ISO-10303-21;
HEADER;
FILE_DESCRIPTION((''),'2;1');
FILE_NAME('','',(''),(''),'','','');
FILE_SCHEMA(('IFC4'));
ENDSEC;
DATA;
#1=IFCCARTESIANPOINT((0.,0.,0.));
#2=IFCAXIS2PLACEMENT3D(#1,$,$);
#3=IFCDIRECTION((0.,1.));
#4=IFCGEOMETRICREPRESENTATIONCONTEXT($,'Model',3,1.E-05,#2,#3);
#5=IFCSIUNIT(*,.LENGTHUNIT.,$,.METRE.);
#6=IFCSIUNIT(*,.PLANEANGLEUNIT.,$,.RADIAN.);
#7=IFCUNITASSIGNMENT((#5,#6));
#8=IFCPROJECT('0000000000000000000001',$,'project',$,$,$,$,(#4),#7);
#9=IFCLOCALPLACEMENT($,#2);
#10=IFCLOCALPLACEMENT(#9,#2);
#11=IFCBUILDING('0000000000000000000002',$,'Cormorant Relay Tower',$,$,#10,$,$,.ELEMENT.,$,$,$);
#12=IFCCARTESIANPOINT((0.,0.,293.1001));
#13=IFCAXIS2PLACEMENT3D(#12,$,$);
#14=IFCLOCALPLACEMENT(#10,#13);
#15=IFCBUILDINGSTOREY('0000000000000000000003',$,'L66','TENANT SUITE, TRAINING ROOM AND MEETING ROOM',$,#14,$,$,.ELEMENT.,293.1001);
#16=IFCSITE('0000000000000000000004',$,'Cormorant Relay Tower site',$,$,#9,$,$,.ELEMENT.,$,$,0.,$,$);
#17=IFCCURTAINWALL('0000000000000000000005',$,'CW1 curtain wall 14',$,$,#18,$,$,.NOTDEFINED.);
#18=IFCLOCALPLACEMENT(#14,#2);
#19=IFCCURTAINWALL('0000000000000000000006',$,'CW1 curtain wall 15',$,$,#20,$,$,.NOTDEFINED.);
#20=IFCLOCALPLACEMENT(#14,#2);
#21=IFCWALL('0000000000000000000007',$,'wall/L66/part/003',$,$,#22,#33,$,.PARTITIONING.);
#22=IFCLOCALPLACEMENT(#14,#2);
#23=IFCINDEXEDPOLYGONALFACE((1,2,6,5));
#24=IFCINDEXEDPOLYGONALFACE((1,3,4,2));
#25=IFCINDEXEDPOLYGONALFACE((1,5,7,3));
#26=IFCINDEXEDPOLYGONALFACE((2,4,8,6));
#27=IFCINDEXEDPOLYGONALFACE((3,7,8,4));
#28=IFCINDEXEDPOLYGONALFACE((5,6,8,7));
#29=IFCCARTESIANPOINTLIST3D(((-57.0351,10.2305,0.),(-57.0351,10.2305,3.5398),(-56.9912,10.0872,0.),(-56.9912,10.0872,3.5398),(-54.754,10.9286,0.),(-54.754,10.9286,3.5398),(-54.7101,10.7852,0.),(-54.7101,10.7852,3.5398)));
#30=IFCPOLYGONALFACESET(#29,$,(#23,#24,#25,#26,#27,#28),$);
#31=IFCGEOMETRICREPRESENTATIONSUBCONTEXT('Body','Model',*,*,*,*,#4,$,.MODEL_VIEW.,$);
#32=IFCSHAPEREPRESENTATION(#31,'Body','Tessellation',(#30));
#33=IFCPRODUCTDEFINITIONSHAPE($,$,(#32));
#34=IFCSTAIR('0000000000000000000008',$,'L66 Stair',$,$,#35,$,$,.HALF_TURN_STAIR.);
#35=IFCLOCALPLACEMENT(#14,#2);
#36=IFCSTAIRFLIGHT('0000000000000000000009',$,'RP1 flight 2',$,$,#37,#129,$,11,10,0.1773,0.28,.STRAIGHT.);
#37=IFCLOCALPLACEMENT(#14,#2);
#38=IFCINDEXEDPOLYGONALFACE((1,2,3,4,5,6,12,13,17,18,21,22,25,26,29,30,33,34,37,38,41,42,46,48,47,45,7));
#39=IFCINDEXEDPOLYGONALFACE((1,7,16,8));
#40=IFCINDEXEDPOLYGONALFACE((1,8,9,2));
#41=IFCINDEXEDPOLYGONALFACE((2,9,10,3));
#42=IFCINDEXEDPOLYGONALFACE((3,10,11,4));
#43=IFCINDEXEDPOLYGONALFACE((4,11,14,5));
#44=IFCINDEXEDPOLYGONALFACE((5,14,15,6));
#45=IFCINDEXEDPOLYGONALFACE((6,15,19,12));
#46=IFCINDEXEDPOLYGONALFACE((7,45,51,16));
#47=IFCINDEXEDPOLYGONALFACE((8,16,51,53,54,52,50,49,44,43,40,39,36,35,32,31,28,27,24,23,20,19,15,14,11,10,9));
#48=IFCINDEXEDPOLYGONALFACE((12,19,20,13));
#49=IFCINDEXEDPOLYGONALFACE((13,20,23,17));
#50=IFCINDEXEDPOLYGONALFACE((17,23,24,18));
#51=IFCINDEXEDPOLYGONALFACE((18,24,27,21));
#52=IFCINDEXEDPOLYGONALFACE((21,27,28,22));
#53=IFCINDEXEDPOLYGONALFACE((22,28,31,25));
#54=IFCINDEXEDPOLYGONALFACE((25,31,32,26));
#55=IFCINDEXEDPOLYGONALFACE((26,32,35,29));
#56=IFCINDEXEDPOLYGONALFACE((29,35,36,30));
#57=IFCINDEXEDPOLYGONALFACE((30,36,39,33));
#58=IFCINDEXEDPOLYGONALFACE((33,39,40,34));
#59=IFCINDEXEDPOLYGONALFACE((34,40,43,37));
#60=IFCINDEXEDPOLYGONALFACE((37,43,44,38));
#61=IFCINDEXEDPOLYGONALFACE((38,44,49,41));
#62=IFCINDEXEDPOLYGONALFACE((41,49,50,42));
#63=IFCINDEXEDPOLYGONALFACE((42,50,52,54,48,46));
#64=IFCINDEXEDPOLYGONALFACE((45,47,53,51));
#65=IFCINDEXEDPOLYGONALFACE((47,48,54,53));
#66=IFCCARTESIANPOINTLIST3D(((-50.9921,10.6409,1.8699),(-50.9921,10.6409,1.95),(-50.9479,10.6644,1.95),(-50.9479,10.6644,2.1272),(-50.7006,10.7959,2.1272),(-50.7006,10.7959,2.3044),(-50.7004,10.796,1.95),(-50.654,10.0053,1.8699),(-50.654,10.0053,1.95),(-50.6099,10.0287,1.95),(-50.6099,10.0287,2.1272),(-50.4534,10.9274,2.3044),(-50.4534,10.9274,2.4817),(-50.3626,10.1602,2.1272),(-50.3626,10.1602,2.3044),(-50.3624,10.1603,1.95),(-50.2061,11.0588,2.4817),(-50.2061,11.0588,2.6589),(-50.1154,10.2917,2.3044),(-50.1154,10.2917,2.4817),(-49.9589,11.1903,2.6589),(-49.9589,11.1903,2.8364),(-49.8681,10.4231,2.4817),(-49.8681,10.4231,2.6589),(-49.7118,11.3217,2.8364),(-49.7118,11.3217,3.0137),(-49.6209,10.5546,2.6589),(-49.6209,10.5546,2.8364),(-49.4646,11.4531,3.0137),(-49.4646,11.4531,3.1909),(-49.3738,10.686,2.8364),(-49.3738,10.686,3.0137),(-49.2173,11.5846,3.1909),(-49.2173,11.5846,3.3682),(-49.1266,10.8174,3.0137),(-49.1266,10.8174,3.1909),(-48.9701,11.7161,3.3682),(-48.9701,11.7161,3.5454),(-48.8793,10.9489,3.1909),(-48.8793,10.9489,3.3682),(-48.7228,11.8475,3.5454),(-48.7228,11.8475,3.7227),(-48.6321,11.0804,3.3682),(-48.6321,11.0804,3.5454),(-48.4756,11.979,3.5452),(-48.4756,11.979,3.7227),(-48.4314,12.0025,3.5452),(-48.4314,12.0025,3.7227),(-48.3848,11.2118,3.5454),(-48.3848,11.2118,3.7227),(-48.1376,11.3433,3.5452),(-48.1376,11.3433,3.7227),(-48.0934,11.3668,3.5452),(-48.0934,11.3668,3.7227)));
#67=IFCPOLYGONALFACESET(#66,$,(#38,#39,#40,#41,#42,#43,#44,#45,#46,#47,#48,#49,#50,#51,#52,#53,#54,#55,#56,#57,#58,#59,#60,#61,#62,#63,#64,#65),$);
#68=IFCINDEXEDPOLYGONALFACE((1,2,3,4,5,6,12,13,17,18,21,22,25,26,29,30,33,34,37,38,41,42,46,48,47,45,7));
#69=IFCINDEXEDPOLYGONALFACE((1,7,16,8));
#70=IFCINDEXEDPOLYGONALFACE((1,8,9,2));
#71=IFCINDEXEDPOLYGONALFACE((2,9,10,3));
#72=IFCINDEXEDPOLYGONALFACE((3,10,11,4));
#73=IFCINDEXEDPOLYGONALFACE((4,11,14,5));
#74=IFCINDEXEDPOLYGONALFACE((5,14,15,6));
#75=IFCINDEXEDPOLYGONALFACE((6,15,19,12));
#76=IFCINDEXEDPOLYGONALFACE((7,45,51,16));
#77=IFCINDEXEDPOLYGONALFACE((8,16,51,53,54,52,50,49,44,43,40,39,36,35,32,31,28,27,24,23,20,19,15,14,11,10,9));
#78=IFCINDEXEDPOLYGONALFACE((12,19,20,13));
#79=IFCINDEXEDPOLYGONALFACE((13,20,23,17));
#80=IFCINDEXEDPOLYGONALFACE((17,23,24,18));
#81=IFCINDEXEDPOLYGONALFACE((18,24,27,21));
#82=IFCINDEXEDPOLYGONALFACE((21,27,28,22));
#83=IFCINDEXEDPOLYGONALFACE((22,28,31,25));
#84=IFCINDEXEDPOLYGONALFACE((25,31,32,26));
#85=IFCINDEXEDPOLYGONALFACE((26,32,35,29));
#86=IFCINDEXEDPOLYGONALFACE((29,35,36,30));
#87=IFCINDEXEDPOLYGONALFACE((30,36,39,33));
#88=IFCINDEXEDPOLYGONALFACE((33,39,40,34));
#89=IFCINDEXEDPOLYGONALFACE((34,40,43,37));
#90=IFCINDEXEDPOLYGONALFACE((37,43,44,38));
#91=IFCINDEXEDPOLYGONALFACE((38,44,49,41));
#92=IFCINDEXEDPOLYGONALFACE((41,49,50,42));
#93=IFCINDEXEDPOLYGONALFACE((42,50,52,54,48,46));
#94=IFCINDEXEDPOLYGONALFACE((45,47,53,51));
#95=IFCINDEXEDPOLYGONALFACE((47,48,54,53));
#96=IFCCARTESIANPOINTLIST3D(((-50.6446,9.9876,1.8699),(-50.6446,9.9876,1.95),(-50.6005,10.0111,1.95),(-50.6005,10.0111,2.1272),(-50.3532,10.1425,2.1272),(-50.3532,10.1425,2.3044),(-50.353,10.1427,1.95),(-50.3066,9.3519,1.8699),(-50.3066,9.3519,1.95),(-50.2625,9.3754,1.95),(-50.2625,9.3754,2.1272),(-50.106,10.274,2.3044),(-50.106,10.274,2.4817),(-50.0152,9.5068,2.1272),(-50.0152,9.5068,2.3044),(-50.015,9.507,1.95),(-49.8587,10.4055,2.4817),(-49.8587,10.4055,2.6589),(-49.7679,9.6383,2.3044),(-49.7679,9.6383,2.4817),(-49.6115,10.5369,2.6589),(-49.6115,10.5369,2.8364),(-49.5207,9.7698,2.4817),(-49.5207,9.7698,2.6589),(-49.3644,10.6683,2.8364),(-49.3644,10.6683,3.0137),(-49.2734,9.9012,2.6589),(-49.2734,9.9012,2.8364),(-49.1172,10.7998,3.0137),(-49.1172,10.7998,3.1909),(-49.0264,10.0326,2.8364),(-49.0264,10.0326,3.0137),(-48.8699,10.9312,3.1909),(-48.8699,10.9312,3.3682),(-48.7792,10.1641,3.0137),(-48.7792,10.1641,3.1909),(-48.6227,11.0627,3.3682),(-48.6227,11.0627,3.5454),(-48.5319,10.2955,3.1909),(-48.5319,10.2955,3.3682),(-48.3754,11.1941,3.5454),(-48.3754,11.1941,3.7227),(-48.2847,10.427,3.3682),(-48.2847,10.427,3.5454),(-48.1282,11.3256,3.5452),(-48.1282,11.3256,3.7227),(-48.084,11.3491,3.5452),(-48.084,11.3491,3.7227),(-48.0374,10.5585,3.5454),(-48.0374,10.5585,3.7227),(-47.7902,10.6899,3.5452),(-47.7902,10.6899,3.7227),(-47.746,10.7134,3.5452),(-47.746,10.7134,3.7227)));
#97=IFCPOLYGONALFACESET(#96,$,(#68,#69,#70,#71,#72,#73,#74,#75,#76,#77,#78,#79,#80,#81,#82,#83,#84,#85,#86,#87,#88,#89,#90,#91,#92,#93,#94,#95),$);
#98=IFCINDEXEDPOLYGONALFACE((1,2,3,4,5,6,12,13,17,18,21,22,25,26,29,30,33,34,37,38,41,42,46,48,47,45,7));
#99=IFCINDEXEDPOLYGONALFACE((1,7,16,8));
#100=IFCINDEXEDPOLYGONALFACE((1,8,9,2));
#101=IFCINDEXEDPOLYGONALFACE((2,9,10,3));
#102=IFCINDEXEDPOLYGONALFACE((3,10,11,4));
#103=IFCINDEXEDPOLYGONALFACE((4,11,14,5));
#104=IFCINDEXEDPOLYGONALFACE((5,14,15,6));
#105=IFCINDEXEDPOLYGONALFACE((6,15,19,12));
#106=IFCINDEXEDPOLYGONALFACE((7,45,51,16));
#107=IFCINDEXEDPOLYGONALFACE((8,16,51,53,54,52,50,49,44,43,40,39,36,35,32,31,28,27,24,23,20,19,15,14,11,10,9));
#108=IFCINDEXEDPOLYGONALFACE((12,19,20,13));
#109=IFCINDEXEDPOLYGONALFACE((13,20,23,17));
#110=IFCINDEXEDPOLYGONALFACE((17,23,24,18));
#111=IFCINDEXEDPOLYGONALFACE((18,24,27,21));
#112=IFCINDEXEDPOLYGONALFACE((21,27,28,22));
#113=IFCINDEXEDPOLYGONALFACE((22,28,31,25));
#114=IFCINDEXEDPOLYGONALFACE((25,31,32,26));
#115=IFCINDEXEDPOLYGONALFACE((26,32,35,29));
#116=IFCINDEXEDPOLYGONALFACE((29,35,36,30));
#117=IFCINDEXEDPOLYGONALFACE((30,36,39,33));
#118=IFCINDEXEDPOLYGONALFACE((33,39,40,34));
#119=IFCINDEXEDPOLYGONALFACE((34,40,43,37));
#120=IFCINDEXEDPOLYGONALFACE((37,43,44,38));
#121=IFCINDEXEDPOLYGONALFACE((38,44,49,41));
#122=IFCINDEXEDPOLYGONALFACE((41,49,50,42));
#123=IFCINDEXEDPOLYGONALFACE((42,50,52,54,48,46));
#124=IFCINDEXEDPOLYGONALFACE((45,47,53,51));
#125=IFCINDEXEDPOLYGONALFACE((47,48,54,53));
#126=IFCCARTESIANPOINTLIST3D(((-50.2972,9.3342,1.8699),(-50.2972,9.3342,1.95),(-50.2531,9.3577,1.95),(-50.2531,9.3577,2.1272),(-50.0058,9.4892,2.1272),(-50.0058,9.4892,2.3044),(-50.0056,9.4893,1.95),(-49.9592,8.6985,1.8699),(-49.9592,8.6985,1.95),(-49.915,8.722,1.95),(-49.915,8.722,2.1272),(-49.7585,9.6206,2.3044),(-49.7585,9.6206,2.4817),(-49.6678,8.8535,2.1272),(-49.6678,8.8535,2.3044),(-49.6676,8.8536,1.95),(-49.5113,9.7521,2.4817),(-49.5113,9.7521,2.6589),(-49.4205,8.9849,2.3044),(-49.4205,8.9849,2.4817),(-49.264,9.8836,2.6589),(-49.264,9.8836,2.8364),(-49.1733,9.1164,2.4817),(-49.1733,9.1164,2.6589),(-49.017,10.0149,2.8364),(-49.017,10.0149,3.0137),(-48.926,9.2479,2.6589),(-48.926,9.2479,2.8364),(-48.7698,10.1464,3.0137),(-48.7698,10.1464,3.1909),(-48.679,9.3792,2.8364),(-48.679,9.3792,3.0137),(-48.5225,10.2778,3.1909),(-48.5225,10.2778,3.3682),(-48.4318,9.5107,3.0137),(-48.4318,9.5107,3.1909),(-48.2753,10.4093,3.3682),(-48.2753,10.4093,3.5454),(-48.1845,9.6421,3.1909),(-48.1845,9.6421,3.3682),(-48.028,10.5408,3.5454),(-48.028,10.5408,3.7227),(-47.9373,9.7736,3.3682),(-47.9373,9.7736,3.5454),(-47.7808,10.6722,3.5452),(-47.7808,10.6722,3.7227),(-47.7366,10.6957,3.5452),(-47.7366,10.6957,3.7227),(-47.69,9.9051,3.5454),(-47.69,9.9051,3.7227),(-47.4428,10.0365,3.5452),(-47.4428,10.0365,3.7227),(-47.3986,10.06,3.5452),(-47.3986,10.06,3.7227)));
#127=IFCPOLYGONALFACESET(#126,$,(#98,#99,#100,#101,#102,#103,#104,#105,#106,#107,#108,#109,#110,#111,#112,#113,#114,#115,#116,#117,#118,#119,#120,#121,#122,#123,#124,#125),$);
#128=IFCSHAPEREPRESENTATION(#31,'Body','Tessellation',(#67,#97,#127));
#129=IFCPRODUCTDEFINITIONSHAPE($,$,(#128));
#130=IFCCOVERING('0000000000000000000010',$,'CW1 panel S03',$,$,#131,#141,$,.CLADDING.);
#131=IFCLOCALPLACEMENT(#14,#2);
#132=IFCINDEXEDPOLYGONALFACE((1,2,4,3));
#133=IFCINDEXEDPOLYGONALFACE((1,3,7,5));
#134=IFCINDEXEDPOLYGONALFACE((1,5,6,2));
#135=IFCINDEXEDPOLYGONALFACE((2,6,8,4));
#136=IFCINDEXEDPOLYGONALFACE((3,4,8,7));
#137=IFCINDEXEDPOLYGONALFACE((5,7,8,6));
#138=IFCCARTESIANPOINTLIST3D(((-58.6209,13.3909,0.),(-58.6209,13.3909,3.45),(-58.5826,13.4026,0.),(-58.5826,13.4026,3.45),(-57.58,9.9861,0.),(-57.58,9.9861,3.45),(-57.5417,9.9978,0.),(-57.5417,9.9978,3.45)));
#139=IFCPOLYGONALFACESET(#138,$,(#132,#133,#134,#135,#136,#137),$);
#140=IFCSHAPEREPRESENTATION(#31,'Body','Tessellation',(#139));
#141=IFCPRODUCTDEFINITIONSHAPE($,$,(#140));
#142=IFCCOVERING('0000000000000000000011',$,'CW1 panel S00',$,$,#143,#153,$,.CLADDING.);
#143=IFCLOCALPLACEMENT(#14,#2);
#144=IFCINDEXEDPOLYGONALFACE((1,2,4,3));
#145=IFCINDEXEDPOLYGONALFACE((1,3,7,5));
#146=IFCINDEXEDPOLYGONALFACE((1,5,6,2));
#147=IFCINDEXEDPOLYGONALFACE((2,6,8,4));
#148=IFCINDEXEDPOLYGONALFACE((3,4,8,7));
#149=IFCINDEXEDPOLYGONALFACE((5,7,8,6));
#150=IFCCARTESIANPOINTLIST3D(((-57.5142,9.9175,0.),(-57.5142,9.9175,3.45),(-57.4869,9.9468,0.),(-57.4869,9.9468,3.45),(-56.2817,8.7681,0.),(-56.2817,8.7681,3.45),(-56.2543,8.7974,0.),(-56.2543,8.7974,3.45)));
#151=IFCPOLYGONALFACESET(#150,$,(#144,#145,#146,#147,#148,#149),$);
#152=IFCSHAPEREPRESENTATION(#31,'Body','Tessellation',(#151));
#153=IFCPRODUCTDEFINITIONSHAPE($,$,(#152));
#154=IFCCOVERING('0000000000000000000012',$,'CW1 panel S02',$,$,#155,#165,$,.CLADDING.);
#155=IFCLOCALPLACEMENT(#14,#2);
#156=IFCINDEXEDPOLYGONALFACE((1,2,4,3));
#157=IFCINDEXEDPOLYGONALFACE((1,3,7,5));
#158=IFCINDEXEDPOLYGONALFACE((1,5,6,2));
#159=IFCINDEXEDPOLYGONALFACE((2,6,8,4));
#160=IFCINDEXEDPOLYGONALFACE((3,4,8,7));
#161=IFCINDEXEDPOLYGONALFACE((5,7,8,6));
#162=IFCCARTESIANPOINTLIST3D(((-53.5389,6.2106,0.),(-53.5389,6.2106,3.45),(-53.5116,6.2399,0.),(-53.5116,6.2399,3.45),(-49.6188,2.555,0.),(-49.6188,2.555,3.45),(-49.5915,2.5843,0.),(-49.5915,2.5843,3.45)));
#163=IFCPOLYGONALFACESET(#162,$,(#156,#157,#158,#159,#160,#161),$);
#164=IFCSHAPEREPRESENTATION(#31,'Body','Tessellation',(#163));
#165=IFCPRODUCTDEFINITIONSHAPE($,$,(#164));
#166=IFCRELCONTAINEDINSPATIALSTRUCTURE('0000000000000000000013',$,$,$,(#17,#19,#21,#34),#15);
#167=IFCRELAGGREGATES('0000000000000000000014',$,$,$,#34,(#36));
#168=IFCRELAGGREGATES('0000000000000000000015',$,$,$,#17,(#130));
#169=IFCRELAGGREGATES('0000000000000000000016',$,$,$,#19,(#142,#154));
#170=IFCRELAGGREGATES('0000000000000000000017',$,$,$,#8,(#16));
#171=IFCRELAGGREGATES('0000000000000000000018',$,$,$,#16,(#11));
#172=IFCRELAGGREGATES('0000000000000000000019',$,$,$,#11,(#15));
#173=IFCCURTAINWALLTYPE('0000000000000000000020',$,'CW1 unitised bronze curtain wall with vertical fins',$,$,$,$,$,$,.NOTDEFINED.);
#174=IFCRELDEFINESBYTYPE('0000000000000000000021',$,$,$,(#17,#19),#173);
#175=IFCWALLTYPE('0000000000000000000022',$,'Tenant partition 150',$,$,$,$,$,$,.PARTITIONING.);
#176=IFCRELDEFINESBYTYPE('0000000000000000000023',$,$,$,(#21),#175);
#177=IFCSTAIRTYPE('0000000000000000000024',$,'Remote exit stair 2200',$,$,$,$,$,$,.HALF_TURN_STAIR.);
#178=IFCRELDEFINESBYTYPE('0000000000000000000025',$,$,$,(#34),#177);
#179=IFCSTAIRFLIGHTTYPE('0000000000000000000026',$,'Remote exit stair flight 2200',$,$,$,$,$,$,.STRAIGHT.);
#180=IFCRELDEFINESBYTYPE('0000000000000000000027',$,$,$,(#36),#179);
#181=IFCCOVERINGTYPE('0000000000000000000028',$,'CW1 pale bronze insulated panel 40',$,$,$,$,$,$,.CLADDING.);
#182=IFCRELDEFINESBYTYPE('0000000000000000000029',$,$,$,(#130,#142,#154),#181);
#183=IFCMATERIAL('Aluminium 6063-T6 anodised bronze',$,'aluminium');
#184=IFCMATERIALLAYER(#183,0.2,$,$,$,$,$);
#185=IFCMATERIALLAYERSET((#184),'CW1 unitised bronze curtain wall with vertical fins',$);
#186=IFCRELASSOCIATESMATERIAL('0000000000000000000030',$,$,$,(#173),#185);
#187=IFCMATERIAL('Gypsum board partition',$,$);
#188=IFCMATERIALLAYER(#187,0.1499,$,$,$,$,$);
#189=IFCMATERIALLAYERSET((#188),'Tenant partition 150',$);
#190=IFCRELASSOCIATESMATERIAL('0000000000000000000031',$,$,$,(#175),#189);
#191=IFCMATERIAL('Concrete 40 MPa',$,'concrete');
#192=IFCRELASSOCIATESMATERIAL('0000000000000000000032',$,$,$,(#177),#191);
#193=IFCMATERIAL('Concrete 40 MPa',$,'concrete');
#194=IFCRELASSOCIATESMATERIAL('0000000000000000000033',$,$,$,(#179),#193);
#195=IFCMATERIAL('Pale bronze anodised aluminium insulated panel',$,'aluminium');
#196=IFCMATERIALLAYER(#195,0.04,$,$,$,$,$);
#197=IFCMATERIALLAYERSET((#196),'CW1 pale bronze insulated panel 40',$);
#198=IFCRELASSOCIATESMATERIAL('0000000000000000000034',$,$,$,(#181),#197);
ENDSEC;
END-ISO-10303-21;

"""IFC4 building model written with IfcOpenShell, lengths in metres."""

from ifc_helpers import new_model, si_unit, direction, frame, frame_2d, origin, origin_2d, place, context, subcontext, project, spatial, polyline, rectangle, outline, extrude, material, layer, layer_set, type_object, element, aggregate, save


model = new_model("IFC4")

# Units and contexts
model_context = context("Model", 3, precision=1e-05, world=origin(), true_north=direction((0.0, 1.0)))
body_context = subcontext(model_context, "Body", "Model", "MODEL_VIEW")
ifc_project = project(units=[si_unit("LENGTHUNIT", "METRE"), si_unit("PLANEANGLEUNIT", "RADIAN")], contexts=[model_context])

# Site, building, storey
site_placement = place(None, origin())
site = spatial("IfcSite", under=ifc_project, at=site_placement, Name="Cormorant Relay Tower site", CompositionType="ELEMENT", RefElevation=0.0)
building_placement = place(site_placement, origin())
building = spatial("IfcBuilding", under=site, at=building_placement, Name="Cormorant Relay Tower", CompositionType="ELEMENT")
storey_placement = place(building_placement, frame((0.0, 0.0, 293.1001)))
storey = spatial("IfcBuildingStorey", under=building, at=storey_placement, Name="L66", Description="TENANT SUITE, TRAINING ROOM AND MEETING ROOM", CompositionType="ELEMENT", Elevation=293.1001)

# Curtain wall
ifc_material_1 = material(Name="Aluminium 6063-T6 anodised bronze", Category="aluminium")
ifc_layer_1 = layer(ifc_material_1, 0.2)
ifc_layer_set_1 = layer_set([ifc_layer_1], Name="CW1 unitised bronze curtain wall with vertical fins")
curtain_wall_type = type_object("IfcCurtainWallType", Name="CW1 unitised bronze curtain wall with vertical fins", PredefinedType="NOTDEFINED", material=ifc_layer_set_1)
curtain_wall_1_placement = place(storey_placement, origin())
curtain_wall_1 = element("IfcCurtainWall", 1, at=curtain_wall_1_placement, inside=storey, type_object=curtain_wall_type, Name="CW1 curtain wall 14", PredefinedType="NOTDEFINED")

# Curtain wall
curtain_wall_2_placement = place(storey_placement, origin())
curtain_wall_2 = element("IfcCurtainWall", 2, at=curtain_wall_2_placement, inside=storey, type_object=curtain_wall_type, Name="CW1 curtain wall 15", PredefinedType="NOTDEFINED")

# Wall
ifc_material_2 = material(Name="Gypsum board partition")
ifc_layer_2 = layer(ifc_material_2, 0.1499)
ifc_layer_set_2 = layer_set([ifc_layer_2], Name="Tenant partition 150")
wall_type_1 = type_object("IfcWallType", Name="Tenant partition 150", PredefinedType="PARTITIONING", material=ifc_layer_set_2)
wall_1_placement = place(storey_placement, frame((-54.7319, 10.8569, 0.0), z_axis=(0.0, 0.0, 1.0), x_axis=(-0.956232, -0.292611, 0.0)))
element("IfcWall", 3, at=wall_1_placement, inside=storey, type_object=wall_type_1, Name="wall/L66/part/003", PredefinedType="PARTITIONING", context=body_context, shape_type="SweptSolid", body=[
    extrude(rectangle(XDim=2.3855, YDim=0.1499, at=frame_2d((1.1929, 0.0))), origin(), (0.0, 0.0, 1.0), 3.5398),
])

# Stair, stair flight
ifc_material_3 = material(Name="Concrete 40 MPa", Category="concrete")
stair_type = type_object("IfcStairType", Name="Remote exit stair 2200", PredefinedType="HALF_TURN_STAIR", material=ifc_material_3)
stair_placement = place(storey_placement, origin())
stair = element("IfcStair", 4, at=stair_placement, inside=storey, type_object=stair_type, Name="L66 Stair", PredefinedType="HALF_TURN_STAIR")
ifc_material_4 = material(Name="Concrete 40 MPa", Category="concrete")
stair_flight_type = type_object("IfcStairFlightType", Name="Remote exit stair flight 2200", PredefinedType="STRAIGHT", material=ifc_material_4)
stair_flight_placement = place(storey_placement, frame((-50.4314, 9.6931, 1.95), z_axis=(0.0, 0.0, 1.0), x_axis=(0.882948, 0.469472, 0.0)))
stair_flight = element("IfcStairFlight", 5, at=stair_flight_placement, type_object=stair_flight_type, Name="RP1 flight 2", NumberOfRisers=11, NumberOfTreads=10, PredefinedType="STRAIGHT", RiserHeight=0.1773, TreadLength=0.28, context=body_context, shape_type="SweptSolid", body=[
    extrude(outline(polyline([(-0.05, -0.0801), (-0.05, 0.0), (0.0, 0.0), (0.0, 0.1772), (0.28, 0.1772), (0.28, 0.3545), (0.5601, 0.3545), (0.5601, 0.5317), (0.8401, 0.5317), (0.8401, 0.709), (1.1201, 0.709), (1.1201, 0.8865), (1.3999, 0.8865), (1.3999, 1.0637), (1.6799, 1.0637), (1.6799, 1.241), (1.96, 1.241), (1.96, 1.4182), (2.24, 1.4182), (2.24, 1.5955), (2.52, 1.5955), (2.52, 1.7727), (2.8, 1.7727), (2.8501, 1.7727), (2.8501, 1.5952), (2.8, 1.5952), (0.2803, 0.0), (-0.05, -0.0801)])), frame((0.0, 1.1001, 0.0), z_axis=(0.0, -1.0, 0.0), x_axis=(1.0, 0.0, 0.0)), (0.0, 0.0, 1.0), 0.72),
    extrude(outline(polyline([(-0.05, -0.0801), (-0.05, 0.0), (0.0, 0.0), (0.0, 0.1772), (0.28, 0.1772), (0.28, 0.3545), (0.5601, 0.3545), (0.5601, 0.5317), (0.8401, 0.5317), (0.8401, 0.709), (1.1201, 0.709), (1.1201, 0.8865), (1.3999, 0.8865), (1.3999, 1.0637), (1.6799, 1.0637), (1.6799, 1.241), (1.96, 1.241), (1.96, 1.4182), (2.24, 1.4182), (2.24, 1.5955), (2.52, 1.5955), (2.52, 1.7727), (2.8, 1.7727), (2.8501, 1.7727), (2.8501, 1.5952), (2.8, 1.5952), (0.2803, 0.0), (-0.05, -0.0801)])), frame((0.0, 0.3601, 0.0), z_axis=(0.0, -1.0, 0.0), x_axis=(1.0, 0.0, 0.0)), (0.0, 0.0, 1.0), 0.72),
    extrude(outline(polyline([(-0.05, -0.0801), (-0.05, 0.0), (0.0, 0.0), (0.0, 0.1772), (0.28, 0.1772), (0.28, 0.3545), (0.5601, 0.3545), (0.5601, 0.5317), (0.8401, 0.5317), (0.8401, 0.709), (1.1201, 0.709), (1.1201, 0.8865), (1.3999, 0.8865), (1.3999, 1.0637), (1.6799, 1.0637), (1.6799, 1.241), (1.96, 1.241), (1.96, 1.4182), (2.24, 1.4182), (2.24, 1.5955), (2.52, 1.5955), (2.52, 1.7727), (2.8, 1.7727), (2.8501, 1.7727), (2.8501, 1.5952), (2.8, 1.5952), (0.2803, 0.0), (-0.05, -0.0801)])), frame((0.0, -0.3799, 0.0), z_axis=(0.0, -1.0, 0.0), x_axis=(1.0, 0.0, 0.0)), (0.0, 0.0, 1.0), 0.72),
])
aggregate(stair, [stair_flight])

# Coverings
ifc_material_5 = material(Name="Pale bronze anodised aluminium insulated panel", Category="aluminium")
ifc_layer_3 = layer(ifc_material_5, 0.04)
ifc_layer_set_3 = layer_set([ifc_layer_3], Name="CW1 pale bronze insulated panel 40")
covering_type = type_object("IfcCoveringType", Name="CW1 pale bronze insulated panel 40", PredefinedType="CLADDING", material=ifc_layer_set_3)
covering_1_placement = place(storey_placement, frame((-58.0813, 11.6943, 0.0), z_axis=(0.0, 0.0, 1.0), x_axis=(0.292372, -0.956305, 0.0)))
covering_1 = element("IfcCovering", 6, at=covering_1_placement, type_object=covering_type, Name="CW1 panel S03", PredefinedType="CLADDING", context=body_context, shape_type="SweptSolid", body=[
    extrude(rectangle(XDim=3.5603, YDim=0.04, at=origin_2d()), origin(), (0.0, 0.0, 1.0), 3.45),
])
aggregate(curtain_wall_1, [covering_1])
covering_2_placement = place(storey_placement, frame((-56.8843, 9.3574, 0.0), z_axis=(0.0, 0.0, 1.0), x_axis=(0.731354, -0.681998, 0.0)))
covering_2 = element("IfcCovering", 7, at=covering_2_placement, type_object=covering_type, Name="CW1 panel S00", PredefinedType="CLADDING", context=body_context, shape_type="SweptSolid", body=[
    extrude(rectangle(XDim=1.6853, YDim=0.04, at=origin_2d()), origin(), (0.0, 0.0, 1.0), 3.45),
])
covering_3_placement = place(storey_placement, frame((-51.5652, 4.3975, 0.0), z_axis=(0.0, 0.0, 1.0), x_axis=(0.731354, -0.681998, 0.0)))
covering_3 = element("IfcCovering", 8, at=covering_3_placement, type_object=covering_type, Name="CW1 panel S02", PredefinedType="CLADDING", context=body_context, shape_type="SweptSolid", body=[
    extrude(rectangle(XDim=5.3601, YDim=0.04, at=origin_2d()), origin(), (0.0, 0.0, 1.0), 3.45),
])
aggregate(curtain_wall_2, [covering_2, covering_3])

save(model, "model.ifc")
